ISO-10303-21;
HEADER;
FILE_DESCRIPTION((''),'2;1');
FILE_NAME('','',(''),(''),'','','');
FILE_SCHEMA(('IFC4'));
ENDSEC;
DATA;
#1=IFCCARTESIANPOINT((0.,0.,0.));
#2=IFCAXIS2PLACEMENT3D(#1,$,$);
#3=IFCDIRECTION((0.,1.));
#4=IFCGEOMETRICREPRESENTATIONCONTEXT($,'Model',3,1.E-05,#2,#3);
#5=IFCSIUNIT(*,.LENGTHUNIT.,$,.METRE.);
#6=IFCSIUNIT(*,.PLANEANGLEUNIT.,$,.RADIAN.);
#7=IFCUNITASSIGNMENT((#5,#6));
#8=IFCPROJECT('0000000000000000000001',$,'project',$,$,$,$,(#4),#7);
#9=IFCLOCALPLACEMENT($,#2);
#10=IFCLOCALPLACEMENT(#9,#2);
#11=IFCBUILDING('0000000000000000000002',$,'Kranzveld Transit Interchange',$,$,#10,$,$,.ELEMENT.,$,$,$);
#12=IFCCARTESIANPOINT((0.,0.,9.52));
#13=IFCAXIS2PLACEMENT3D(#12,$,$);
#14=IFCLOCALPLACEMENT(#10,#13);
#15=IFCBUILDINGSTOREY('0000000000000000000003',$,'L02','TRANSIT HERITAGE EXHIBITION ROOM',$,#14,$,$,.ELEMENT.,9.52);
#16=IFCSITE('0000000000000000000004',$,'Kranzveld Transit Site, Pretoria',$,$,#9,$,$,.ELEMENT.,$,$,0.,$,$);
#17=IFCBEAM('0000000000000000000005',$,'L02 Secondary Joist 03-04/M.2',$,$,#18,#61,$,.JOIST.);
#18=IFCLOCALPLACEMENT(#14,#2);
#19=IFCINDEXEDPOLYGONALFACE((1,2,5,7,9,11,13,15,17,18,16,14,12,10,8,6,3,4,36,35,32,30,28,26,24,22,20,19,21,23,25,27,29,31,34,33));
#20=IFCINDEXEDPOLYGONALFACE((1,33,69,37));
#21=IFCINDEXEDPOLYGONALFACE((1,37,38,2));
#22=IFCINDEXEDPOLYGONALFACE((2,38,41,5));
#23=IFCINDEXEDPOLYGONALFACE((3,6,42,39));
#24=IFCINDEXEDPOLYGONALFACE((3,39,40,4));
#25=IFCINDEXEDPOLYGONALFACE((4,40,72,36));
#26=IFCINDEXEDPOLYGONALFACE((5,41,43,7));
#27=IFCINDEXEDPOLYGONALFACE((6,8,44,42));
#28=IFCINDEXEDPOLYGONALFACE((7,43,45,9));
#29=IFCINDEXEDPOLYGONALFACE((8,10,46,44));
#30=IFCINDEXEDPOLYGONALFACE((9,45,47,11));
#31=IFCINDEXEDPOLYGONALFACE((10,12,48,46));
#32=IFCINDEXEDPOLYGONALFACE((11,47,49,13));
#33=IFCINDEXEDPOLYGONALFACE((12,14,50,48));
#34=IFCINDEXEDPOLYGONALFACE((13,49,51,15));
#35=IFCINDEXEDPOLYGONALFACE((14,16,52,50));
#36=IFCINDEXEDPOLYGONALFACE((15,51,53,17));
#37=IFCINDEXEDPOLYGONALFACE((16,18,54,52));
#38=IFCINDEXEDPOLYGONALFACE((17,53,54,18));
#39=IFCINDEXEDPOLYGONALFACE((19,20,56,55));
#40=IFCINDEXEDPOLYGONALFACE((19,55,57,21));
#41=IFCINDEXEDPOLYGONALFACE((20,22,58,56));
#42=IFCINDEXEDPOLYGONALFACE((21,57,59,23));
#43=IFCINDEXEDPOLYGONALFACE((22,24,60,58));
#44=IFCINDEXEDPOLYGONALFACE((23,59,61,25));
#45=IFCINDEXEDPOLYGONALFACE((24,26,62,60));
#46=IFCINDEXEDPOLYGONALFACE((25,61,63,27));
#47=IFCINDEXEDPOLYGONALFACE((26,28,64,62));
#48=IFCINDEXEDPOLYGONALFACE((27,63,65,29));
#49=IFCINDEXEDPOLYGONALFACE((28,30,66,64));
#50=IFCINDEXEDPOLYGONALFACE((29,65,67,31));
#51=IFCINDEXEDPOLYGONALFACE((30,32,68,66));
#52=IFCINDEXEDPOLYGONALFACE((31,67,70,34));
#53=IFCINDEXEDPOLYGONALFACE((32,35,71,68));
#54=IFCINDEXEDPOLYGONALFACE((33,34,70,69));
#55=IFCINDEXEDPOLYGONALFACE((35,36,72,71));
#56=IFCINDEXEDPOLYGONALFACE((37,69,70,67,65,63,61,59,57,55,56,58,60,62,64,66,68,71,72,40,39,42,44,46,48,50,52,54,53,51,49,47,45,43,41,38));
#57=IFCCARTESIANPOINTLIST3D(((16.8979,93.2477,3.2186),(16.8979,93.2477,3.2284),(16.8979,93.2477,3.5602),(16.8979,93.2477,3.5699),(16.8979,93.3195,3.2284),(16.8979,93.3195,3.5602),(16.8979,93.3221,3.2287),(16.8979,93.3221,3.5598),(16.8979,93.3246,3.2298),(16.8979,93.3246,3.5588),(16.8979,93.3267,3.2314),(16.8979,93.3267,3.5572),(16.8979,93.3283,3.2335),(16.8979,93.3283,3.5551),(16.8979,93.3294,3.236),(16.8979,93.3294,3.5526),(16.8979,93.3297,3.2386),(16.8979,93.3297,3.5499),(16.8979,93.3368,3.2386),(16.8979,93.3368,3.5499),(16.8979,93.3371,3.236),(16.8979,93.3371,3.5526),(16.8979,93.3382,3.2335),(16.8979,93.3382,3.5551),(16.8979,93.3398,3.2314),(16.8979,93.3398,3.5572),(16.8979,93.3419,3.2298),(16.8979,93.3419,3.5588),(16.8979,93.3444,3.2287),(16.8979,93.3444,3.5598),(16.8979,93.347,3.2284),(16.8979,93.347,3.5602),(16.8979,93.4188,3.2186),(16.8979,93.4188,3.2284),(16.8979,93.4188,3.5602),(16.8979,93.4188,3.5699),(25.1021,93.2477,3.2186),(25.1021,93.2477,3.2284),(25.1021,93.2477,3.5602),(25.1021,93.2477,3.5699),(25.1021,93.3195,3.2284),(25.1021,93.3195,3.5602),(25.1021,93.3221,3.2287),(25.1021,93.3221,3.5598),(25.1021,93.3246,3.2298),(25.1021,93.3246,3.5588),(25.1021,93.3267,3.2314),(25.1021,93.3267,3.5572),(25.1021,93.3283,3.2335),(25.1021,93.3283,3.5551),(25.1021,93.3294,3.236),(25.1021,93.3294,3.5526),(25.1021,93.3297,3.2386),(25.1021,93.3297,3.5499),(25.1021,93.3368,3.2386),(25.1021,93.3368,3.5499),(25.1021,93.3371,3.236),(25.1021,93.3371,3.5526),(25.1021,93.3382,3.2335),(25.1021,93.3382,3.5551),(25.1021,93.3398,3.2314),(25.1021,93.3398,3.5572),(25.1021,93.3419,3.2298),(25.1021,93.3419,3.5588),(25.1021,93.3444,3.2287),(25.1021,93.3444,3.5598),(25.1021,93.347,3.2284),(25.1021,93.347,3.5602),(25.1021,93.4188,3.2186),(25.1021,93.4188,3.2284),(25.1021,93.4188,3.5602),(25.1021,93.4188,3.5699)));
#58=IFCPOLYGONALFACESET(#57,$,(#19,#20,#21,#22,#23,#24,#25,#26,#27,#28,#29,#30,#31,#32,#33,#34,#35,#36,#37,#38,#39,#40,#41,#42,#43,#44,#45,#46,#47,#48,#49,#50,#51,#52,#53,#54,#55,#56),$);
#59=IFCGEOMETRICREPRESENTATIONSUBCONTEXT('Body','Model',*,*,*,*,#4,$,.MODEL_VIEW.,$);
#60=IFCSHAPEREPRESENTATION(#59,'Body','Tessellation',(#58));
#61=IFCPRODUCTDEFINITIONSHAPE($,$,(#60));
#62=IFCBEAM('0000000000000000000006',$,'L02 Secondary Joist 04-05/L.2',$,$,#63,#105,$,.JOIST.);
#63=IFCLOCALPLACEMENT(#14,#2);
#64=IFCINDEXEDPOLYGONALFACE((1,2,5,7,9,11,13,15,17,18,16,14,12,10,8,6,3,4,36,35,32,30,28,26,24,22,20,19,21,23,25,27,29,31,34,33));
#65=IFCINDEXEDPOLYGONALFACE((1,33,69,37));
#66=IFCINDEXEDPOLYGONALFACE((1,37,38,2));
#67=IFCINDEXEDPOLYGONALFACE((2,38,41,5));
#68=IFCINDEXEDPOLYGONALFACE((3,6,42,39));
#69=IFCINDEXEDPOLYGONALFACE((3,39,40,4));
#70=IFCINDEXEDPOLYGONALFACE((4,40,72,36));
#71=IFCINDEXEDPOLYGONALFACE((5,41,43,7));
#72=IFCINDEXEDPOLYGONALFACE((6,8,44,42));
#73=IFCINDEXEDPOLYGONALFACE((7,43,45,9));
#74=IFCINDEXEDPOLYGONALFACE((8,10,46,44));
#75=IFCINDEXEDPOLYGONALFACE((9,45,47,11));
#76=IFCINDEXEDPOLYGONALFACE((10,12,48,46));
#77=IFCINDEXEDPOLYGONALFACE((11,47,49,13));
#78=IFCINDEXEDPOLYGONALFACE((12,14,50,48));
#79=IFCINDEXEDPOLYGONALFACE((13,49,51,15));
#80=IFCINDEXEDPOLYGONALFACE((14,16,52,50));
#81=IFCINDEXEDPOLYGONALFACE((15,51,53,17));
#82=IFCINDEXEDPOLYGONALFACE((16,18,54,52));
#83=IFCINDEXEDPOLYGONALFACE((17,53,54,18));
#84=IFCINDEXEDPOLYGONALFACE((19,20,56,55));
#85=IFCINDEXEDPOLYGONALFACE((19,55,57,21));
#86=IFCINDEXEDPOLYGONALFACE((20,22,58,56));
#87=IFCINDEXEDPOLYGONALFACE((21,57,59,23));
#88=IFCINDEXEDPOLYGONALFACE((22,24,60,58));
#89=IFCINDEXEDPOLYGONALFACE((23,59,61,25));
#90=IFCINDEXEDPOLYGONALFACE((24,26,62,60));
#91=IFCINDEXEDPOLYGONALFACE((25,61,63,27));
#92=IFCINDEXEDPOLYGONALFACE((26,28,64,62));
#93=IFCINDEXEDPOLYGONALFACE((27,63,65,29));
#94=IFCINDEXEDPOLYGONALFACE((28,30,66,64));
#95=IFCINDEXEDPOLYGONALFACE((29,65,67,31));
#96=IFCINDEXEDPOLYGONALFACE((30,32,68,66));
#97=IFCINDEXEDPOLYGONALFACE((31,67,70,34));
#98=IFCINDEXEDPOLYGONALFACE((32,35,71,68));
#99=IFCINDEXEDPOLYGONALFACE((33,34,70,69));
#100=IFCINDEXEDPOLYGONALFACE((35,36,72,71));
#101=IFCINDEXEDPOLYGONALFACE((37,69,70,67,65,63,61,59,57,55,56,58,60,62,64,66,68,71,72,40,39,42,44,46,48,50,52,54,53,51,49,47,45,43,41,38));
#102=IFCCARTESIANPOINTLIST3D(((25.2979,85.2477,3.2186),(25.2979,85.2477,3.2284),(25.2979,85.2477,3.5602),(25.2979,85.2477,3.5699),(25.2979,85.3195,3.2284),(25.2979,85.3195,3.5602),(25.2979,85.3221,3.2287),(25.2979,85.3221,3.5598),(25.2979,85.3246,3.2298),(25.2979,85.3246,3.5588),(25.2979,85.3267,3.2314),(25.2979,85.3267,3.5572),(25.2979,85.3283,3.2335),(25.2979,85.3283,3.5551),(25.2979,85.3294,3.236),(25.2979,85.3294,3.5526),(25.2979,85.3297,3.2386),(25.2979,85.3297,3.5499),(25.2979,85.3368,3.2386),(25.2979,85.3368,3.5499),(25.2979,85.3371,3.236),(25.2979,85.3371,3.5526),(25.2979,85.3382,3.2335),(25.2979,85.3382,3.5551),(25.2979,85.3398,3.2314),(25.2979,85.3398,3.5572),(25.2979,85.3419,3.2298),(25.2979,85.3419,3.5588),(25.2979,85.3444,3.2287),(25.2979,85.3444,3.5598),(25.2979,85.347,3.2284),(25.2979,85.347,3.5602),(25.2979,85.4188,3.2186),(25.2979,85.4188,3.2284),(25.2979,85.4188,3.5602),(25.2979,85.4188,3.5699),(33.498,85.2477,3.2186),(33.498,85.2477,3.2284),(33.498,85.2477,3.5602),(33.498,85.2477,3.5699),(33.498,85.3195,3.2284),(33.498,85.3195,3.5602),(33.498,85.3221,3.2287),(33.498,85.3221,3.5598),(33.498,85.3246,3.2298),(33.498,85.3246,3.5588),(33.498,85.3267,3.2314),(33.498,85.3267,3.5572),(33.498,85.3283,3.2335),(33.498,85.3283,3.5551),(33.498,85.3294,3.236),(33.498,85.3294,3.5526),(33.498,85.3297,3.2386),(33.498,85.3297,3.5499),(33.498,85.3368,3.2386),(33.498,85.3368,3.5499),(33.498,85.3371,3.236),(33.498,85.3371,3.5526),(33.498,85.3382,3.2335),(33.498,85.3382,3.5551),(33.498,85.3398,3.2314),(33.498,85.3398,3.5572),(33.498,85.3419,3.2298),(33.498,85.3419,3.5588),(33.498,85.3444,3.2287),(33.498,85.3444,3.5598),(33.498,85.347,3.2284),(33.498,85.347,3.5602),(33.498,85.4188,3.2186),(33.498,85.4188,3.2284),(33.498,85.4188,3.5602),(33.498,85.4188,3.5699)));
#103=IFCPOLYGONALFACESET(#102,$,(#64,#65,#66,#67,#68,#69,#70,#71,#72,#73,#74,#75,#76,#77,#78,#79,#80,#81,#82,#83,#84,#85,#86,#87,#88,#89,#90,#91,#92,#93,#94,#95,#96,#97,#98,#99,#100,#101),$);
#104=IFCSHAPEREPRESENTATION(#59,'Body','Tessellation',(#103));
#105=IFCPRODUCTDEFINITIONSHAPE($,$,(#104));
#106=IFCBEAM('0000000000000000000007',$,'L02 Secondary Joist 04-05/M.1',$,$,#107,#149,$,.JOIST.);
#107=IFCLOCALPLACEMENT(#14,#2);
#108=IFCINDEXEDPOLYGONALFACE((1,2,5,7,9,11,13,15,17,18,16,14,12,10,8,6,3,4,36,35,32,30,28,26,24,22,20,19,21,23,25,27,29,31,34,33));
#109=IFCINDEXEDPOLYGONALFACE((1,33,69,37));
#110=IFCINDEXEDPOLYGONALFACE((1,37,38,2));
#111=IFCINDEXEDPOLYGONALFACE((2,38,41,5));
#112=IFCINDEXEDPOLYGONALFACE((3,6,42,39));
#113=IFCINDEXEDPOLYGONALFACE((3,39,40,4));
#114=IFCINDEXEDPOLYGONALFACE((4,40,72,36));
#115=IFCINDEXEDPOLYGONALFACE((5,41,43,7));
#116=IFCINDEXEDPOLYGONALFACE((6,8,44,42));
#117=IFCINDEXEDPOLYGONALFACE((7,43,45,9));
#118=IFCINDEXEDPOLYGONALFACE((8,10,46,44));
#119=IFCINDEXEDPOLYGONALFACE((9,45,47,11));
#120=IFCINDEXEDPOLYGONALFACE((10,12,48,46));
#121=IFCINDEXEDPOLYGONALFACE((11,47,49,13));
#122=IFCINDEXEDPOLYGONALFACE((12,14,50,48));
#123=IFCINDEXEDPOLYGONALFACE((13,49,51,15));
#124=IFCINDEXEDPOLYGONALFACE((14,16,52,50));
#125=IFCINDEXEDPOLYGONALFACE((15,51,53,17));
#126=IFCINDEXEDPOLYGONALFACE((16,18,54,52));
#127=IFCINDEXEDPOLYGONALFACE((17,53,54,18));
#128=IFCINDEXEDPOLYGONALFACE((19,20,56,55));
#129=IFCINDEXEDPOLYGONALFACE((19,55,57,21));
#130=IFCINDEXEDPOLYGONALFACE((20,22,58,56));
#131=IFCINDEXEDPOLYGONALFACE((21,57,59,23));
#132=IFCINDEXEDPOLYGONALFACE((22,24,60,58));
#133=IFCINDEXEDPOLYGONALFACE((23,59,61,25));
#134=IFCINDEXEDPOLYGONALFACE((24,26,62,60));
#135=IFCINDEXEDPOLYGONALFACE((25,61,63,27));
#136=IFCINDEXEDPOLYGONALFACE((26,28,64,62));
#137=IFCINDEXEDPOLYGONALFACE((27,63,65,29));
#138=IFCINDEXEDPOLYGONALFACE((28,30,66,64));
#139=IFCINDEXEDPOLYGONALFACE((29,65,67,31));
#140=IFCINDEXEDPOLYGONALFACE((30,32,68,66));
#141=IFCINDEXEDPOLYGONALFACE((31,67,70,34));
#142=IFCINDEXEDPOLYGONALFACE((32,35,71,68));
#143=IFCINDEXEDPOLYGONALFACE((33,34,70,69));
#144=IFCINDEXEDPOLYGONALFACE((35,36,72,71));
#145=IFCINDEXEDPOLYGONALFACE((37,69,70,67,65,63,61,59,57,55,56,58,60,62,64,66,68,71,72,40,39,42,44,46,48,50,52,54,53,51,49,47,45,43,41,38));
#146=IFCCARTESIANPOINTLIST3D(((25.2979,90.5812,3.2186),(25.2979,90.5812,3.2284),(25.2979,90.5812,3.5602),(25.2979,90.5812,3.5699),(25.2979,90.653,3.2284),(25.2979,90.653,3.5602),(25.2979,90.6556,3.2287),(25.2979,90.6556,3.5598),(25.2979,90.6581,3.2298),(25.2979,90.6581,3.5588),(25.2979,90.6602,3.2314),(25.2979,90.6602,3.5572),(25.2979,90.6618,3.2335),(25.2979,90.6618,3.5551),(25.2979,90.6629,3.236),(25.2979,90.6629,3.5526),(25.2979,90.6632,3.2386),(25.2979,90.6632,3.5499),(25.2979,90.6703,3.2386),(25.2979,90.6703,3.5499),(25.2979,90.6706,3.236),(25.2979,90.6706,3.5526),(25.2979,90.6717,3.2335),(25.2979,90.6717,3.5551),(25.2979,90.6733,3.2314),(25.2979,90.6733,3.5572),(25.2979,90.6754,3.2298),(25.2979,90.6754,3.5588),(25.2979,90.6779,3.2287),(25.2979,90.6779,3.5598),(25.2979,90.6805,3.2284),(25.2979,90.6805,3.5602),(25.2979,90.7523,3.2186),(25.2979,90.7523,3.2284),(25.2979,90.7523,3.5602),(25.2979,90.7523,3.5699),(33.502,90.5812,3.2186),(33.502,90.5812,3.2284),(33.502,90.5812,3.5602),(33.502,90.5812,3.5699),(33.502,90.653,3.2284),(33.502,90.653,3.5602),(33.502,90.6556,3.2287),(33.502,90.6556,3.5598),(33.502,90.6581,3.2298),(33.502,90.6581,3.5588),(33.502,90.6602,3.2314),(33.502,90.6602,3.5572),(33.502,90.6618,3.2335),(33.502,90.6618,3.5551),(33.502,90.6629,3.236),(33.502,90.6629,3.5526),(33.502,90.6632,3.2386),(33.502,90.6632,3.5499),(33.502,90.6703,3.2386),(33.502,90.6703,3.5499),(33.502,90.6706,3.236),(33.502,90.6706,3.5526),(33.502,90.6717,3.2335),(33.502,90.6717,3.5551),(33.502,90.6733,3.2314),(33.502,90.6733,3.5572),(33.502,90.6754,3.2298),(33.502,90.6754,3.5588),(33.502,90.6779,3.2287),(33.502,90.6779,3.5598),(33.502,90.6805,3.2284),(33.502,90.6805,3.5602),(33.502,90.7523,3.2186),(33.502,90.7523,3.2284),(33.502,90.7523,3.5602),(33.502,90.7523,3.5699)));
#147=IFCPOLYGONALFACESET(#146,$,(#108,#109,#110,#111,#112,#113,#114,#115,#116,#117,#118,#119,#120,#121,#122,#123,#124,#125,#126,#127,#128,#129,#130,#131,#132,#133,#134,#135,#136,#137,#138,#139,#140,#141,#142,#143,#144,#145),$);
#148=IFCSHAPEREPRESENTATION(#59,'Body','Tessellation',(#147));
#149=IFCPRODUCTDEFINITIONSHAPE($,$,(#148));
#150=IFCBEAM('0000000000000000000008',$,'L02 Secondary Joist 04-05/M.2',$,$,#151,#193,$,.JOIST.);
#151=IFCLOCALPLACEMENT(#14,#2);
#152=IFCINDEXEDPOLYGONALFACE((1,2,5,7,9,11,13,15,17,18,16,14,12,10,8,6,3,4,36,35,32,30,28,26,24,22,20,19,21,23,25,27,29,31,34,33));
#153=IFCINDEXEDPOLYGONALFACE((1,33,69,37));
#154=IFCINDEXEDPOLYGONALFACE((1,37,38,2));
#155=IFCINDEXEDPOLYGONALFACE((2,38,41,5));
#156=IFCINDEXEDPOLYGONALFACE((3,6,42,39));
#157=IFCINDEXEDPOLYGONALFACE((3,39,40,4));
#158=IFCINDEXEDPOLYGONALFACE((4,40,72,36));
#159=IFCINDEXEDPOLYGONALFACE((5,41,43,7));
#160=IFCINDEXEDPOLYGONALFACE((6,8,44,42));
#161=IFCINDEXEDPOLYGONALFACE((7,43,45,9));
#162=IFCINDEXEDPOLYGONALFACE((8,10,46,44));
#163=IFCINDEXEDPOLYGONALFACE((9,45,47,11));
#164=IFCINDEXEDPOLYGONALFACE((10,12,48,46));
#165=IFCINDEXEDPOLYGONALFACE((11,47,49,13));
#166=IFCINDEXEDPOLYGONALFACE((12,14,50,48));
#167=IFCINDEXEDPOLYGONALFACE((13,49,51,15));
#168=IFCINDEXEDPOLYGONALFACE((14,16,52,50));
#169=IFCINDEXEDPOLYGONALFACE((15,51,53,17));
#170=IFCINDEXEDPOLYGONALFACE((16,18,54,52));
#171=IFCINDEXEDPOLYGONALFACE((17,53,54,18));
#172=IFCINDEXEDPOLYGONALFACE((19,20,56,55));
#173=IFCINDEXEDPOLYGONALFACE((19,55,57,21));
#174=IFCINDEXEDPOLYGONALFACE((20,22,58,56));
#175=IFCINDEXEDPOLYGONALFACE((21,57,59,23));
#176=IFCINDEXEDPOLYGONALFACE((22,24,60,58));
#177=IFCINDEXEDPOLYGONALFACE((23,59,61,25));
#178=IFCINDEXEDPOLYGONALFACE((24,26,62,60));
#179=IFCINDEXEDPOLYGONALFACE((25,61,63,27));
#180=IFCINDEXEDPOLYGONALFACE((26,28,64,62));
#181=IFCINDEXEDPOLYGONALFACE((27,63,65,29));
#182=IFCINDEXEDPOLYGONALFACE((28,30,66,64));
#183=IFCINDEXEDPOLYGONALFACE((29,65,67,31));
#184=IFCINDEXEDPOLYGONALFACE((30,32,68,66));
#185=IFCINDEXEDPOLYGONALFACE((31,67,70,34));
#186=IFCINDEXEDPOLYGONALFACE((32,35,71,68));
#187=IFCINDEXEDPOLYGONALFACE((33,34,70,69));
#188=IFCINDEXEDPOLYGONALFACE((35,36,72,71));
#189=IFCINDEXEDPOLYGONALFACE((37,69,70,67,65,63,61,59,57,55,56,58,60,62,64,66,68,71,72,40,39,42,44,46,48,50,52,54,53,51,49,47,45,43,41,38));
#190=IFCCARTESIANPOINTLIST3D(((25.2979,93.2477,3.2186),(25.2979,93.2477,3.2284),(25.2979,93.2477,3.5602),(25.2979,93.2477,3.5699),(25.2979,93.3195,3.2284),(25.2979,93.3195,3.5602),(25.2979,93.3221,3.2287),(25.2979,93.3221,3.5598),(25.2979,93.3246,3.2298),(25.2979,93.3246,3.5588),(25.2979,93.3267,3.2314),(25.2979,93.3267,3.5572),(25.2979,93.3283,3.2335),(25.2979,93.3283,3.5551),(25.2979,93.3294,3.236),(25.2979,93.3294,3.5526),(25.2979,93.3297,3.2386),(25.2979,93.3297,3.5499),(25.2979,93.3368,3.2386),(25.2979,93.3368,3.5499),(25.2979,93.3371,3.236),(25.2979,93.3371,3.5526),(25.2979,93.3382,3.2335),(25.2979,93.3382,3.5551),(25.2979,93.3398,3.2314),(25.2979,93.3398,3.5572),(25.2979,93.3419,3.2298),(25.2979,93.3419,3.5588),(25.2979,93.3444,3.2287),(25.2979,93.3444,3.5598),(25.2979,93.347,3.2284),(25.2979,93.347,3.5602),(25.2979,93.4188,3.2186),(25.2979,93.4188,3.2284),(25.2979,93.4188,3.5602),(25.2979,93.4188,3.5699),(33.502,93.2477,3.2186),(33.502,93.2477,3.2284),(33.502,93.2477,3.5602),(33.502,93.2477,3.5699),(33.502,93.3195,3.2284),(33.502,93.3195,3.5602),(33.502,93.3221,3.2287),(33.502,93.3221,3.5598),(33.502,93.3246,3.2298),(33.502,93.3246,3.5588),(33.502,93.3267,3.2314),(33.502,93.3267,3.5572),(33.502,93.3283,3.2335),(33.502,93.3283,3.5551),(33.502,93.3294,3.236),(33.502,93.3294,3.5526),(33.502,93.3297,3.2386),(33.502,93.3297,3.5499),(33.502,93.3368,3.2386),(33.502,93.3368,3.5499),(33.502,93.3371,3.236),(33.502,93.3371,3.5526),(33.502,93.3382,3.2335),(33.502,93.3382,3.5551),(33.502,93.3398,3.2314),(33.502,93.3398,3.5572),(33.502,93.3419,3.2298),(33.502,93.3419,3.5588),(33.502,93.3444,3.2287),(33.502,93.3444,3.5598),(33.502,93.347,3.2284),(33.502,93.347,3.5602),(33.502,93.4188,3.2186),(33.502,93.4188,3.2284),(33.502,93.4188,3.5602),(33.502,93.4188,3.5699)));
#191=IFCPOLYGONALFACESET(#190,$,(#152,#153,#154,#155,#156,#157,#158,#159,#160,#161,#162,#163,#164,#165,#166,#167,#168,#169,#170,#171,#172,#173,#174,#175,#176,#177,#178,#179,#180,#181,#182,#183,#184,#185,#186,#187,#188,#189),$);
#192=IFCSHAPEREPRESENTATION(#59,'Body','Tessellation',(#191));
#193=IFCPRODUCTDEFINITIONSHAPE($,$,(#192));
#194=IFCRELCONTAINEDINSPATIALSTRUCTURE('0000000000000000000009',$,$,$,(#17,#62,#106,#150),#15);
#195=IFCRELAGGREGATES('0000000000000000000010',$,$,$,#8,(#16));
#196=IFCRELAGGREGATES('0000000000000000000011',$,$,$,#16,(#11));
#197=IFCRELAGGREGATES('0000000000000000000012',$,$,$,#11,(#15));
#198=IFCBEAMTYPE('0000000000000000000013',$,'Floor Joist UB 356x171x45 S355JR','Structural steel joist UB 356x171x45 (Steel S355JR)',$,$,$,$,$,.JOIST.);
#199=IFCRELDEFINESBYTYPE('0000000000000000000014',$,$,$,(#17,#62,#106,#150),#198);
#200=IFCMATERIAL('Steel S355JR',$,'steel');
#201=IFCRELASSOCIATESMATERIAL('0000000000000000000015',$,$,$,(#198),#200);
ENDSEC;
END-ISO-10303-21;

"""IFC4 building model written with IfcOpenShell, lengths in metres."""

from ifc_helpers import new_model, si_unit, direction, frame, origin, origin_2d, place, context, subcontext, project, spatial, i_section, extrude, material, material_profile, profile_set, type_object, element, save


model = new_model("IFC4")

# Units and contexts
model_context = context("Model", 3, precision=1e-05, world=origin(), true_north=direction((0.0, 1.0)))
body_context = subcontext(model_context, "Body", "Model", "MODEL_VIEW")
ifc_project = project(units=[si_unit("LENGTHUNIT", "METRE"), si_unit("PLANEANGLEUNIT", "RADIAN")], contexts=[model_context])

# Site, building, storey
site_placement = place(None, origin())
site = spatial("IfcSite", under=ifc_project, at=site_placement, Name="Kranzveld Transit Site, Pretoria", CompositionType="ELEMENT", RefElevation=0.0)
building_placement = place(site_placement, origin())
building = spatial("IfcBuilding", under=site, at=building_placement, Name="Kranzveld Transit Interchange", CompositionType="ELEMENT")
storey_placement = place(building_placement, frame((0.0, 0.0, 9.52)))
storey = spatial("IfcBuildingStorey", under=building, at=storey_placement, Name="L02", Description="TRANSIT HERITAGE EXHIBITION ROOM", CompositionType="ELEMENT", Elevation=9.52)

# Beams
ifc_material_1 = material(Name="Steel S355JR", Category="steel")
ifc_material_profile_1 = material_profile(ifc_material_1, i_section(OverallWidth=0.1711, OverallDepth=0.3513, WebThickness=0.0071, FlangeThickness=0.0098, FilletRadius=0.0103, at=origin_2d()), Name="UB 356x171x45")
ifc_profile_set_1 = profile_set([ifc_material_profile_1], Name="Steel S355JR")
beam_type_1 = type_object("IfcBeamType", Name="Floor Joist UB 356x171x45 S355JR", Description="Structural steel joist UB 356x171x45 (Steel S355JR)", PredefinedType="JOIST", material=ifc_profile_set_1)
for number, where, z_axis, x_axis, name in (
    (1, (16.8979, 93.3333, 3.3943), (1.0, 0.0, 0.0), (0.0, 1.0, 0.0), "L02 Secondary Joist 03-04/M.2"),
):
    element("IfcBeam", number, at=place(storey_placement, frame(where, z_axis=z_axis, x_axis=x_axis)), inside=storey, type_object=beam_type_1, Name=name, PredefinedType="JOIST", context=body_context, shape_type="SweptSolid", body=[
        extrude(i_section(OverallWidth=0.1711, OverallDepth=0.3513, WebThickness=0.0071, FlangeThickness=0.0098, FilletRadius=0.0103, at=origin_2d()), origin(), (0.0, 0.0, 1.0), 8.2041),
    ])
beam_1_placement = place(storey_placement, frame((25.2979, 85.3333, 3.3943), z_axis=(1.0, 0.0, 0.0), x_axis=(0.0, 1.0, 0.0)))
element("IfcBeam", 2, at=beam_1_placement, inside=storey, type_object=beam_type_1, Name="L02 Secondary Joist 04-05/L.2", PredefinedType="JOIST", context=body_context, shape_type="SweptSolid", body=[
    extrude(i_section(OverallWidth=0.1711, OverallDepth=0.3513, WebThickness=0.0071, FlangeThickness=0.0098, FilletRadius=0.0103, at=origin_2d()), origin(), (0.0, 0.0, 1.0), 8.2002),
])
for number, where, z_axis, x_axis, name in (
    (3, (25.2979, 90.6667, 3.3943), (1.0, 0.0, 0.0), (0.0, 1.0, 0.0), "L02 Secondary Joist 04-05/M.1"),
    (4, (25.2979, 93.3333, 3.3943), (1.0, 0.0, 0.0), (0.0, 1.0, 0.0), "L02 Secondary Joist 04-05/M.2"),
):
    element("IfcBeam", number, at=place(storey_placement, frame(where, z_axis=z_axis, x_axis=x_axis)), inside=storey, type_object=beam_type_1, Name=name, PredefinedType="JOIST", context=body_context, shape_type="SweptSolid", body=[
        extrude(i_section(OverallWidth=0.1711, OverallDepth=0.3513, WebThickness=0.0071, FlangeThickness=0.0098, FilletRadius=0.0103, at=origin_2d()), origin(), (0.0, 0.0, 1.0), 8.2041),
    ])

save(model, "model.ifc")
